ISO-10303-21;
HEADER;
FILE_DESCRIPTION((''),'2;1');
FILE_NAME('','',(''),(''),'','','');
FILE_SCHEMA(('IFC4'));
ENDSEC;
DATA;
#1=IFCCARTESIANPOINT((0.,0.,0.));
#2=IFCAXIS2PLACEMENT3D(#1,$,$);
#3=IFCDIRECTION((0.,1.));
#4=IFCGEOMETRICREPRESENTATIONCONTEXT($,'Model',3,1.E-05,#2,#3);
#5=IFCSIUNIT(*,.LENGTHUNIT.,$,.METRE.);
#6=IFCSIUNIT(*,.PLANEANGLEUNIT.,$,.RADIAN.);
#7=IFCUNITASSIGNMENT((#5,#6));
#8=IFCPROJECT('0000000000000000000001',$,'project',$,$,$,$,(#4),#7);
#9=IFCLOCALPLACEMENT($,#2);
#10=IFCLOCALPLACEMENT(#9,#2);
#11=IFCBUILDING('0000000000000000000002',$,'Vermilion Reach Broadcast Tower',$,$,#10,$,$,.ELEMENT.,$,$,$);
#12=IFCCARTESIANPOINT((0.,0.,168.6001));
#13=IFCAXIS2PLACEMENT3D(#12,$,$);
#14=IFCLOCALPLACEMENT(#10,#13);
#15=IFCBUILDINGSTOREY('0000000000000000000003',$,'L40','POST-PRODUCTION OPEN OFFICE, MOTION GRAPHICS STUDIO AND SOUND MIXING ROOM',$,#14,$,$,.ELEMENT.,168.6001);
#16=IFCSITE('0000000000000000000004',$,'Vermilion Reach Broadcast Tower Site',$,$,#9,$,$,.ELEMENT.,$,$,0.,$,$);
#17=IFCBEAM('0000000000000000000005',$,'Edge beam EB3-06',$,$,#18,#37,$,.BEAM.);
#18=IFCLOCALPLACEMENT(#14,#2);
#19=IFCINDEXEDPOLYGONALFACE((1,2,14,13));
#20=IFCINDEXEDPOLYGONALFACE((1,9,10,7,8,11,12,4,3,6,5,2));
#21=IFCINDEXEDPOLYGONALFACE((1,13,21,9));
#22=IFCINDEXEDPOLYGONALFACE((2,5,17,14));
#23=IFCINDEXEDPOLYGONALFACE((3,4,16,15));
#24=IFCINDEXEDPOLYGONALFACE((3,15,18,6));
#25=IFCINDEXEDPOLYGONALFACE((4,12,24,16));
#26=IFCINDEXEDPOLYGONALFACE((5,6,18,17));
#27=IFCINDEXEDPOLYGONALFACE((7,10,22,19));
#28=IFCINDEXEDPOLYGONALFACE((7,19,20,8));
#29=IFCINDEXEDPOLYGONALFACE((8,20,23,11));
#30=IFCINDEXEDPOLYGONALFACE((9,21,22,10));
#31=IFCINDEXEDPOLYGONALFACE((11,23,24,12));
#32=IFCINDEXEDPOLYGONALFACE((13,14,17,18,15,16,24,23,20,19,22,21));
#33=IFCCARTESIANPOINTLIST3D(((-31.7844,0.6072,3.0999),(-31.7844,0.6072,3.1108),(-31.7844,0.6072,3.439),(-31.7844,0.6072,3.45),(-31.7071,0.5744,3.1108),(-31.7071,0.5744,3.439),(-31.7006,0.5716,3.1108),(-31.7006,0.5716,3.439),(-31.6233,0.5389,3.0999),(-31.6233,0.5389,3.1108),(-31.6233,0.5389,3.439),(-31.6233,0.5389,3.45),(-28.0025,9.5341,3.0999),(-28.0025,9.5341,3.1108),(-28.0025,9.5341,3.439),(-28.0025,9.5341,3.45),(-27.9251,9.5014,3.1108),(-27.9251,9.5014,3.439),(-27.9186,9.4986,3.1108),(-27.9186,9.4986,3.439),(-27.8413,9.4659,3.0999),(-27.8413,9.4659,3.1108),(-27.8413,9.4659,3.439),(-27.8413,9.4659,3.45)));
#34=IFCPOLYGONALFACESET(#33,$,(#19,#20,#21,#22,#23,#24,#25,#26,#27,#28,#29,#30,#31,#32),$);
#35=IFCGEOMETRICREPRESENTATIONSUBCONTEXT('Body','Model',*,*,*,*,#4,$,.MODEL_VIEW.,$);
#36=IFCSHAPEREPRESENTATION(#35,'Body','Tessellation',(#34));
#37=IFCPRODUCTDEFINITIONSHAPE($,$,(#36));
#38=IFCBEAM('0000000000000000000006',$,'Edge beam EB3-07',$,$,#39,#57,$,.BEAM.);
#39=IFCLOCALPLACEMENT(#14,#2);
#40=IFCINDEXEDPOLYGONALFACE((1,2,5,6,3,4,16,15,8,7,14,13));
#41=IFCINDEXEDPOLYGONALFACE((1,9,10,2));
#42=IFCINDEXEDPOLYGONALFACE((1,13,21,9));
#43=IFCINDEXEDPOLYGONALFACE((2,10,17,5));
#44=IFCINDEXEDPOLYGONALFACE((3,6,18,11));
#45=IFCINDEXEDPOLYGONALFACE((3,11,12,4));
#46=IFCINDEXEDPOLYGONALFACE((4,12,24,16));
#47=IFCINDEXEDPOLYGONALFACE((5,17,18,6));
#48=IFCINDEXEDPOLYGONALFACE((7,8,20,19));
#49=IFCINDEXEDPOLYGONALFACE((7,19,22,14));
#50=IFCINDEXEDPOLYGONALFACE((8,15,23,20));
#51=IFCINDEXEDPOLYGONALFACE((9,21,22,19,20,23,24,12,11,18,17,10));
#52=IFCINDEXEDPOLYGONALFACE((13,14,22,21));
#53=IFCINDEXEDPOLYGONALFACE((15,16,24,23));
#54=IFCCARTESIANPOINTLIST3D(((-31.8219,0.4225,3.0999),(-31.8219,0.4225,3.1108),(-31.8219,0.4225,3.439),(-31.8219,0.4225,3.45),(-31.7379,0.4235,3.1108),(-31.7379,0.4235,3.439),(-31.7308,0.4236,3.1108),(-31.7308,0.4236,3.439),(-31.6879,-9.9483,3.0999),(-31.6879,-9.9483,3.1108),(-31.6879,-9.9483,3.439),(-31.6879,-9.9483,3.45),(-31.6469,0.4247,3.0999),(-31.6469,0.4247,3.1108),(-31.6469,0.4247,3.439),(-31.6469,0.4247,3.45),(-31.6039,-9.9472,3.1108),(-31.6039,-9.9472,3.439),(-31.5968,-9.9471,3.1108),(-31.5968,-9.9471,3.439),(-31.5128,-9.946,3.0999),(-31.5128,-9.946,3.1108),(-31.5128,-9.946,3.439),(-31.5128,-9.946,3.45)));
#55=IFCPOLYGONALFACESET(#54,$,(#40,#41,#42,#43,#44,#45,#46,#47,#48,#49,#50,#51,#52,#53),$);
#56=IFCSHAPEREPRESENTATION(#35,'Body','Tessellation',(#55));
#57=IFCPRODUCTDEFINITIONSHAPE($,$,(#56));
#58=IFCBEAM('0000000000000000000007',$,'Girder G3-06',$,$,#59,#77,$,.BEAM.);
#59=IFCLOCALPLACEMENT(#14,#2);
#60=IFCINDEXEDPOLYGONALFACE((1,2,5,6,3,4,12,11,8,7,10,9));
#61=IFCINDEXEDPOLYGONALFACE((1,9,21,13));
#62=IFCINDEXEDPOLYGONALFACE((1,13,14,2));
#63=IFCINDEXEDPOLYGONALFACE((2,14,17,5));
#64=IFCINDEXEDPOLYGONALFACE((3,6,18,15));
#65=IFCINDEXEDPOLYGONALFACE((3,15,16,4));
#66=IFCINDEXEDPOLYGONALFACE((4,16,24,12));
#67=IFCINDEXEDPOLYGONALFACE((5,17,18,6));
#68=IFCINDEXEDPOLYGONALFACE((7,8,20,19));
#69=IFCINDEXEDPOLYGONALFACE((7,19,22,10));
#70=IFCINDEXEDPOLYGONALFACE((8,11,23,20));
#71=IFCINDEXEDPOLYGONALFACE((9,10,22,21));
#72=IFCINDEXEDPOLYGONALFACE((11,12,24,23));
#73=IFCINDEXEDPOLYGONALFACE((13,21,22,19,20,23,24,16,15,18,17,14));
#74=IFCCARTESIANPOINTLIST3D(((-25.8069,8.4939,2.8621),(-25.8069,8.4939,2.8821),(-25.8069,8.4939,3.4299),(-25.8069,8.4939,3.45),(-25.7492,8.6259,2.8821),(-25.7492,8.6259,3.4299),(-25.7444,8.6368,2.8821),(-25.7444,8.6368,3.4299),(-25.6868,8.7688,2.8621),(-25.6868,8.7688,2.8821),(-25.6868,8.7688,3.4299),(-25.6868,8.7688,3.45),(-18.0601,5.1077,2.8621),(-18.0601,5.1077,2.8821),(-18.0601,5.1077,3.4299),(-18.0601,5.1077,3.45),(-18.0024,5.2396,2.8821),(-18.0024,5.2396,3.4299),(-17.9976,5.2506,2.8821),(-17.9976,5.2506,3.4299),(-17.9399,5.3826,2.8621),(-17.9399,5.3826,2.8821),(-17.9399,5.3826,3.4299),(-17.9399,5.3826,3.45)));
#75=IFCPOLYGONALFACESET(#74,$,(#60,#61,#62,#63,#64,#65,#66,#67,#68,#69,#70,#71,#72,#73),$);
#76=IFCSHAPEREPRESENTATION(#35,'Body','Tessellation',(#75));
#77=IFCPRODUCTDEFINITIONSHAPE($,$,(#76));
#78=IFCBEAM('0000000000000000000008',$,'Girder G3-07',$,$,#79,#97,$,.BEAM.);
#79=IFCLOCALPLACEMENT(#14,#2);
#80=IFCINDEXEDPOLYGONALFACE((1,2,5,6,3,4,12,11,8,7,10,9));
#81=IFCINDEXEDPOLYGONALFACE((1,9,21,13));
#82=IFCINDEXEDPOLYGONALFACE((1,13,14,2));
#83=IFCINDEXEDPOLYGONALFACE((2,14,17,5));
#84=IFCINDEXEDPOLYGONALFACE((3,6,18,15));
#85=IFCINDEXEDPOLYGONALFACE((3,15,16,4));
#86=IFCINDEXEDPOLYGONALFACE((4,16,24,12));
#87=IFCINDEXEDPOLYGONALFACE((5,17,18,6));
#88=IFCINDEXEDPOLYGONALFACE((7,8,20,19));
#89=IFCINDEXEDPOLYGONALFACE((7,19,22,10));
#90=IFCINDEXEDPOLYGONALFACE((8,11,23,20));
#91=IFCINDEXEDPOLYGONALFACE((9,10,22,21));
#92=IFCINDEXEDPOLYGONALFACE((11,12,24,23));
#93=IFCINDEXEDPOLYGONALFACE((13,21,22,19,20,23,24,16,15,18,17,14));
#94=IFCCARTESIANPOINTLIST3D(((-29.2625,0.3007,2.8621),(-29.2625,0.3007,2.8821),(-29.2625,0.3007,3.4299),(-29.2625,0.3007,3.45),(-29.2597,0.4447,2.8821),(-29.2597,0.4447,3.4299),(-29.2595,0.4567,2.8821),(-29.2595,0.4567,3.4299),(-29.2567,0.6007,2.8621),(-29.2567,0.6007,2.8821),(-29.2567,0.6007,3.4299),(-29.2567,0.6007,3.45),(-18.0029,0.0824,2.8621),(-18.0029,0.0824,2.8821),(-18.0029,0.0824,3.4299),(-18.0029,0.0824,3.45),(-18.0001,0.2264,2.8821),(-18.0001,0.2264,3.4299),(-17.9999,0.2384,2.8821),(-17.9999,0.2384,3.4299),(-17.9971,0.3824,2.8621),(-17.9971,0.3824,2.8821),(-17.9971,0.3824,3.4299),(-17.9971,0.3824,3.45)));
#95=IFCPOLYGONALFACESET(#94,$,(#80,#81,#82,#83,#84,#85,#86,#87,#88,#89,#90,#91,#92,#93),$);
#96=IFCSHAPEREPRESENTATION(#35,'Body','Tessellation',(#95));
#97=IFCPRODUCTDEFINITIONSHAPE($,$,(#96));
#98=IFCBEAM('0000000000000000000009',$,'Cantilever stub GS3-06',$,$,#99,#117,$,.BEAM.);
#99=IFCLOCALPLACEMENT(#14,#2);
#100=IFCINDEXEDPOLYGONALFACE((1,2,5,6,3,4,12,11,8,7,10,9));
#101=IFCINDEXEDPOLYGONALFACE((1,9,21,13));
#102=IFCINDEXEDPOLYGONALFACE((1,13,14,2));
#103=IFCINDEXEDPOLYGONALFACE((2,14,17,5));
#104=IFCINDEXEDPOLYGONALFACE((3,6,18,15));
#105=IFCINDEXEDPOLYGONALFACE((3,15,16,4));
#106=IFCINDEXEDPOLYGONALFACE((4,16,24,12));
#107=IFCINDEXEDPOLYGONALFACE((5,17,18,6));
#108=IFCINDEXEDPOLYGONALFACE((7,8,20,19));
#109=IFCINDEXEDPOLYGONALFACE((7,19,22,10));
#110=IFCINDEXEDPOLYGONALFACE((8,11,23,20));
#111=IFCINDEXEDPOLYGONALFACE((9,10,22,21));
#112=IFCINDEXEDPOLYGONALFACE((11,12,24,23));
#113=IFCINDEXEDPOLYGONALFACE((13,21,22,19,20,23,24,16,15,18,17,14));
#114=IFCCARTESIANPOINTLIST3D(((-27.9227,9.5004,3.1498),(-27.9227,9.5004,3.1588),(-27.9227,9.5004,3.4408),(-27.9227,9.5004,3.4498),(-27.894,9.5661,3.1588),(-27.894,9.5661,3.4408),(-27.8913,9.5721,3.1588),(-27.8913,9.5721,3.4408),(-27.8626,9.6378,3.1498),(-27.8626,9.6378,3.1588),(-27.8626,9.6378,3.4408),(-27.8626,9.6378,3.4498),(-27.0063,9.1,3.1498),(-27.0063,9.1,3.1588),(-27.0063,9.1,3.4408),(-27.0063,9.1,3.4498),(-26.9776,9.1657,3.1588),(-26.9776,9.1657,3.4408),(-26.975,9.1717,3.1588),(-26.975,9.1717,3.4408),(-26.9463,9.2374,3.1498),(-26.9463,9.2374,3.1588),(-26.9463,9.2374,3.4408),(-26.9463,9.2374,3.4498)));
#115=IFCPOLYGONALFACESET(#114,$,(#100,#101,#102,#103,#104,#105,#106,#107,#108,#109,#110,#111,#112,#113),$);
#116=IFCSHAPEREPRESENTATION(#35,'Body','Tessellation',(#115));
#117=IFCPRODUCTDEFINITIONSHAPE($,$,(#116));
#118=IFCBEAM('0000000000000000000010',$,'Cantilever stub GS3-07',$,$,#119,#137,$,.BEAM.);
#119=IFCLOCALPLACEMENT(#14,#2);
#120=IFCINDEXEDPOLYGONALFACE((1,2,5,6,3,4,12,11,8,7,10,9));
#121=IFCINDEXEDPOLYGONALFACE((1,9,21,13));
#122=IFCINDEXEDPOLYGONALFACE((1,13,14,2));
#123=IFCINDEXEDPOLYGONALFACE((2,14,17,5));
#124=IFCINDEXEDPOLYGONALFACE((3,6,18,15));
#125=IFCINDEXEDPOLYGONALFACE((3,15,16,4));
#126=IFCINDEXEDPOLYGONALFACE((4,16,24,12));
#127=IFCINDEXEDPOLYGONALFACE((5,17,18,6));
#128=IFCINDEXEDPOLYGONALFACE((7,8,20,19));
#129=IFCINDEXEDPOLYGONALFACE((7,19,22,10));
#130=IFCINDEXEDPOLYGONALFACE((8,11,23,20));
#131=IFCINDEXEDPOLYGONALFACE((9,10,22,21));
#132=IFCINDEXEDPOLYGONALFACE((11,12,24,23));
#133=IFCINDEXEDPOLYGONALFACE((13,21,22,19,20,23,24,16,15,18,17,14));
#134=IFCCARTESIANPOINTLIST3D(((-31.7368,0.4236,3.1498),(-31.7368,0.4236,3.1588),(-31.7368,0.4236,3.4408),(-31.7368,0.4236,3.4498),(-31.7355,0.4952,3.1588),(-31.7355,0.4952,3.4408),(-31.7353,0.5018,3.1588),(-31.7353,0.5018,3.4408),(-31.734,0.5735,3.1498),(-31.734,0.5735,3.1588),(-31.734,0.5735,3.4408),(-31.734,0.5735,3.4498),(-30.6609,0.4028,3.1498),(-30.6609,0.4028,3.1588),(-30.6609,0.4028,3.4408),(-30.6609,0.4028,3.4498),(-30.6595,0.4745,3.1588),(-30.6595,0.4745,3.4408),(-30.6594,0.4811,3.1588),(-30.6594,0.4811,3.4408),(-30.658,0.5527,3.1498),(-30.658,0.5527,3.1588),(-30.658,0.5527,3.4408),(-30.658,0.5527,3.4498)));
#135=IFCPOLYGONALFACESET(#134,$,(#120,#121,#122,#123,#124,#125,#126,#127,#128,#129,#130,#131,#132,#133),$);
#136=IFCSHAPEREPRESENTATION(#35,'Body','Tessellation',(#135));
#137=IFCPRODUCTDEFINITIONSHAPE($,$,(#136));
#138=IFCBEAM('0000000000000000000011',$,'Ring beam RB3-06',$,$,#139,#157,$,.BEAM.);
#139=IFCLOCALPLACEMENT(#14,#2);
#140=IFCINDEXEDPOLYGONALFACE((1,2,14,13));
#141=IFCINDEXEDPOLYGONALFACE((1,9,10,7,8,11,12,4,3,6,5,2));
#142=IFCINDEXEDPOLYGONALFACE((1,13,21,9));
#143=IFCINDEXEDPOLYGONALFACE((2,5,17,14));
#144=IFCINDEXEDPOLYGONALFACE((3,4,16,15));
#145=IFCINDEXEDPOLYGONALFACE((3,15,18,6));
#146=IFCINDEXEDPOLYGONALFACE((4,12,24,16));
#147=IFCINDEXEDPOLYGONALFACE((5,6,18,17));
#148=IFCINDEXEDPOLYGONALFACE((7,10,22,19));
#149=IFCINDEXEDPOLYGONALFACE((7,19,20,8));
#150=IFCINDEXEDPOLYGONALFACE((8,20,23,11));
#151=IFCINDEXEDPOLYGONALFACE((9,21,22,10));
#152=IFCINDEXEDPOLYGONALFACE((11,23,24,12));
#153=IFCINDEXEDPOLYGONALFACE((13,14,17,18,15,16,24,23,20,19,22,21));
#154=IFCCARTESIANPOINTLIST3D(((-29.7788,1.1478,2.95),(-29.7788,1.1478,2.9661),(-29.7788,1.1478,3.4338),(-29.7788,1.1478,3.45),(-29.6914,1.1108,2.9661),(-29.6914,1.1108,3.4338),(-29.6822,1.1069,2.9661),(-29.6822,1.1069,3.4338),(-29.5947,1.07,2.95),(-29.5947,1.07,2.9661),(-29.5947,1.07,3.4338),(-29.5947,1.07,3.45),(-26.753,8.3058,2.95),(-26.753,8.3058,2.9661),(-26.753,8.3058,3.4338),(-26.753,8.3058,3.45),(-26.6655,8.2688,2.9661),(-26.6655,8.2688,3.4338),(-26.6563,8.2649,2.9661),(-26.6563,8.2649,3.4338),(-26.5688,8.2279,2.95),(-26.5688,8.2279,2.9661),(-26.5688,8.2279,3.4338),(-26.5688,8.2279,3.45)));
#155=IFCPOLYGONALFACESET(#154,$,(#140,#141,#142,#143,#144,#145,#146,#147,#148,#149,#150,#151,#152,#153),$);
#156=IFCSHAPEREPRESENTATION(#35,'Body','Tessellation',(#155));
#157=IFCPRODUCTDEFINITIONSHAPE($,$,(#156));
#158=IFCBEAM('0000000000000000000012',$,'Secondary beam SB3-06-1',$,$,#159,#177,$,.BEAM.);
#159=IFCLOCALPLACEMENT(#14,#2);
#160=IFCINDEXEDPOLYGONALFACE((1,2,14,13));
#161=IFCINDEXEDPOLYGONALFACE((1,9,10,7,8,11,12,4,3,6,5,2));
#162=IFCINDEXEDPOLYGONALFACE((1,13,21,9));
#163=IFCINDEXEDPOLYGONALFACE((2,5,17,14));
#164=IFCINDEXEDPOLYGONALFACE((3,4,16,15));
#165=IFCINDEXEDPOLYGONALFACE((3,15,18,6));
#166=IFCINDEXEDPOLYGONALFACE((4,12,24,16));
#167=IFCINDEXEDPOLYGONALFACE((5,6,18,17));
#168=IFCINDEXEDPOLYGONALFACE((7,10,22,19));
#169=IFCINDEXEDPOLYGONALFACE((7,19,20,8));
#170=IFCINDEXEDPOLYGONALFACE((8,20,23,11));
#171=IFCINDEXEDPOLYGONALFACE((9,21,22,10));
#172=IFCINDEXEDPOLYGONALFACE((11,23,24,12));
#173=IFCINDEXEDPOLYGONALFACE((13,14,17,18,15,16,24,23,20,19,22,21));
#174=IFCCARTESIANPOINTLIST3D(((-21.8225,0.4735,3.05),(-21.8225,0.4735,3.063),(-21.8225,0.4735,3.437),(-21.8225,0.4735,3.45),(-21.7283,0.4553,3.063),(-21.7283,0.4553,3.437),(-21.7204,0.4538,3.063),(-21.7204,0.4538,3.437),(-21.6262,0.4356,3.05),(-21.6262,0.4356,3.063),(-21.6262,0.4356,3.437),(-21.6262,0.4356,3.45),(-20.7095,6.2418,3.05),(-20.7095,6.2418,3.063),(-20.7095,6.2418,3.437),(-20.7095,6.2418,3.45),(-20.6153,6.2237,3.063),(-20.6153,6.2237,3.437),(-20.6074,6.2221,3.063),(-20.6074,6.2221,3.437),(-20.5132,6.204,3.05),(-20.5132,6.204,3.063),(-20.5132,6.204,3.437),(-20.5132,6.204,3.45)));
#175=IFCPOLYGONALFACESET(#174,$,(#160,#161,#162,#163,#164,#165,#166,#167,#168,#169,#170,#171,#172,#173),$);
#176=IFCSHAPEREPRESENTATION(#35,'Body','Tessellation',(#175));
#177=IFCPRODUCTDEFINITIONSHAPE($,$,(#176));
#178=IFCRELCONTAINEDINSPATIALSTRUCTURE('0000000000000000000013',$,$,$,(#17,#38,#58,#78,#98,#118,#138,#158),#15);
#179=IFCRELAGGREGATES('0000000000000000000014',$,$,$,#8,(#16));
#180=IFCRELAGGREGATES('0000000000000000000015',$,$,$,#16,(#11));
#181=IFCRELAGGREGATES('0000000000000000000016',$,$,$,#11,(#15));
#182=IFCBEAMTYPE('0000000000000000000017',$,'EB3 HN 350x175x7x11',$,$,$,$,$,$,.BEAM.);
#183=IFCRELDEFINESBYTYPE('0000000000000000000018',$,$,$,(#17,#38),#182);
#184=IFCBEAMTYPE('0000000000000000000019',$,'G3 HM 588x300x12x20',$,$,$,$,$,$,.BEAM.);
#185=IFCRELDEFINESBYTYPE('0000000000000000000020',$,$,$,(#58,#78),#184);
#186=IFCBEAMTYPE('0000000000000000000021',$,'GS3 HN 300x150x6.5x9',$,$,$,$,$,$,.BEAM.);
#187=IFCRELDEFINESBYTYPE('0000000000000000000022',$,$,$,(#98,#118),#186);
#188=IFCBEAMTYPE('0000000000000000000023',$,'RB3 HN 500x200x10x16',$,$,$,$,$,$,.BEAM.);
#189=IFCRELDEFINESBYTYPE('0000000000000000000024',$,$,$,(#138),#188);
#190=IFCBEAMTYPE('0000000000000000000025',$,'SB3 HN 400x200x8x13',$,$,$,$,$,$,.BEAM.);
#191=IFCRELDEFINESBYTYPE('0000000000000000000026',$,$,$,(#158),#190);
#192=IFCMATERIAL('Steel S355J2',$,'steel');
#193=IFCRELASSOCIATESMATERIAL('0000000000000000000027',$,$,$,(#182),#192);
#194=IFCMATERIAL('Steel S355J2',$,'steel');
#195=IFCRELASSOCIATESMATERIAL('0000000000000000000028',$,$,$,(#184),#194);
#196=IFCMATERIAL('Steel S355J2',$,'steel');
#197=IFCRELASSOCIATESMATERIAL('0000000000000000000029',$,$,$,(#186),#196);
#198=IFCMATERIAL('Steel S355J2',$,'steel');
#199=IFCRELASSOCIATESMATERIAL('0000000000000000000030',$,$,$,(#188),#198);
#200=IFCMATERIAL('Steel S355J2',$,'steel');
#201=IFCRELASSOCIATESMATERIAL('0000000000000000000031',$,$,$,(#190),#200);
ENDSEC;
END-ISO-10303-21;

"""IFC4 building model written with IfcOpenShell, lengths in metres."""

from ifc_helpers import new_model, si_unit, direction, frame, origin, origin_2d, place, context, subcontext, project, spatial, i_section, extrude, material, material_profile, profile_set, type_object, element, save


model = new_model("IFC4")

# Units and contexts
model_context = context("Model", 3, precision=1e-05, world=origin(), true_north=direction((0.0, 1.0)))
body_context = subcontext(model_context, "Body", "Model", "MODEL_VIEW")
ifc_project = project(units=[si_unit("LENGTHUNIT", "METRE"), si_unit("PLANEANGLEUNIT", "RADIAN")], contexts=[model_context])

# Site, building, storey
site_placement = place(None, origin())
site = spatial("IfcSite", under=ifc_project, at=site_placement, Name="Vermilion Reach Broadcast Tower Site", CompositionType="ELEMENT", RefElevation=0.0)
building_placement = place(site_placement, origin())
building = spatial("IfcBuilding", under=site, at=building_placement, Name="Vermilion Reach Broadcast Tower", CompositionType="ELEMENT")
storey_placement = place(building_placement, frame((0.0, 0.0, 168.6001)))
storey = spatial("IfcBuildingStorey", under=building, at=storey_placement, Name="L40", Description="POST-PRODUCTION OPEN OFFICE, MOTION GRAPHICS STUDIO AND SOUND MIXING ROOM", CompositionType="ELEMENT", Elevation=168.6001)

# Beams
ifc_material_1 = material(Name="Steel S355J2", Category="steel")
ifc_material_profile_1 = material_profile(ifc_material_1, i_section(OverallWidth=0.175, OverallDepth=0.3501, WebThickness=0.0071, FlangeThickness=0.011, at=origin_2d()), Name="S355J2 HN 350x175x7x11")
ifc_profile_set_1 = profile_set([ifc_material_profile_1], Name="Steel S355J2")
beam_type_1 = type_object("IfcBeamType", Name="EB3 HN 350x175x7x11", PredefinedType="BEAM", material=ifc_profile_set_1)
beam_1_placement = place(storey_placement, frame((-27.9219, 9.5, 3.2749), z_axis=(-0.390093, -0.920776, 0.0), x_axis=(0.920776, -0.390093, 0.0)))
element("IfcBeam", 1, at=beam_1_placement, inside=storey, type_object=beam_type_1, Name="Edge beam EB3-06", PredefinedType="BEAM", context=body_context, shape_type="SweptSolid", body=[
    extrude(i_section(OverallWidth=0.175, OverallDepth=0.3501, WebThickness=0.0071, FlangeThickness=0.011, at=origin_2d()), origin(), (0.0, 0.0, 1.0), 9.6951),
])
beam_2_placement = place(storey_placement, frame((-31.7344, 0.4236, 3.2749), z_axis=(0.012923, -0.999916, 0.0), x_axis=(0.999916, 0.012923, 0.0)))
element("IfcBeam", 2, at=beam_2_placement, inside=storey, type_object=beam_type_1, Name="Edge beam EB3-07", PredefinedType="BEAM", context=body_context, shape_type="SweptSolid", body=[
    extrude(i_section(OverallWidth=0.175, OverallDepth=0.3501, WebThickness=0.0071, FlangeThickness=0.011, at=origin_2d()), origin(), (0.0, 0.0, 1.0), 10.3716),
])
ifc_material_2 = material(Name="Steel S355J2", Category="steel")
ifc_material_profile_2 = material_profile(ifc_material_2, i_section(OverallWidth=0.3, OverallDepth=0.5879, WebThickness=0.012, FlangeThickness=0.02, at=origin_2d()), Name="S355J2 HM 588x300x12x20")
ifc_profile_set_2 = profile_set([ifc_material_profile_2], Name="Steel S355J2")
beam_type_2 = type_object("IfcBeamType", Name="G3 HM 588x300x12x20", PredefinedType="BEAM", material=ifc_profile_set_2)
beam_3_placement = place(storey_placement, frame((-18.0, 5.2451, 3.156), z_axis=(-0.916288, 0.40052, 0.0), x_axis=(-0.40052, -0.916288, 0.0)))
element("IfcBeam", 3, at=beam_3_placement, inside=storey, type_object=beam_type_2, Name="Girder G3-06", PredefinedType="BEAM", context=body_context, shape_type="SweptSolid", body=[
    extrude(i_section(OverallWidth=0.3, OverallDepth=0.5879, WebThickness=0.012, FlangeThickness=0.02, at=origin_2d()), origin(), (0.0, 0.0, 1.0), 8.4546),
])
beam_4_placement = place(storey_placement, frame((-18.0, 0.2324, 3.156), z_axis=(-0.999812, 0.019381, 0.0), x_axis=(-0.019381, -0.999812, 0.0)))
element("IfcBeam", 4, at=beam_4_placement, inside=storey, type_object=beam_type_2, Name="Girder G3-07", PredefinedType="BEAM", context=body_context, shape_type="SweptSolid", body=[
    extrude(i_section(OverallWidth=0.3, OverallDepth=0.5879, WebThickness=0.012, FlangeThickness=0.02, at=origin_2d()), origin(), (0.0, 0.0, 1.0), 11.2617),
])
ifc_material_3 = material(Name="Steel S355J2", Category="steel")
ifc_material_profile_3 = material_profile(ifc_material_3, i_section(OverallWidth=0.1499, OverallDepth=0.3, WebThickness=0.0066, FlangeThickness=0.009, at=origin_2d()), Name="S355J2 HN 300x150x6.5x9")
ifc_profile_set_3 = profile_set([ifc_material_profile_3], Name="Steel S355J2")
beam_type_3 = type_object("IfcBeamType", Name="GS3 HN 300x150x6.5x9", PredefinedType="BEAM", material=ifc_profile_set_3)
beam_5_placement = place(storey_placement, frame((-26.9763, 9.1687, 3.2998), z_axis=(-0.916331, 0.400422, 0.0), x_axis=(-0.400422, -0.916331, 0.0)))
element("IfcBeam", 5, at=beam_5_placement, inside=storey, type_object=beam_type_3, Name="Cantilever stub GS3-06", PredefinedType="BEAM", context=body_context, shape_type="SweptSolid", body=[
    extrude(i_section(OverallWidth=0.1499, OverallDepth=0.3, WebThickness=0.0066, FlangeThickness=0.009, at=origin_2d()), origin(), (0.0, 0.0, 1.0), 1.0),
])
beam_6_placement = place(storey_placement, frame((-30.6594, 0.4778, 3.2998), z_axis=(-0.999814, 0.019284, 0.0), x_axis=(-0.019284, -0.999814, 0.0)))
element("IfcBeam", 6, at=beam_6_placement, inside=storey, type_object=beam_type_3, Name="Cantilever stub GS3-07", PredefinedType="BEAM", context=body_context, shape_type="SweptSolid", body=[
    extrude(i_section(OverallWidth=0.1499, OverallDepth=0.3, WebThickness=0.0066, FlangeThickness=0.009, at=origin_2d()), origin(), (0.0, 0.0, 1.0), 1.0762),
])
ifc_material_4 = material(Name="Steel S355J2", Category="steel")
ifc_material_profile_4 = material_profile(ifc_material_4, i_section(OverallWidth=0.2, OverallDepth=0.5, WebThickness=0.01, FlangeThickness=0.0161, at=origin_2d()), Name="S355J2 HN 500x200x10x16")
ifc_profile_set_4 = profile_set([ifc_material_profile_4], Name="Steel S355J2")
beam_type_4 = type_object("IfcBeamType", Name="RB3 HN 500x200x10x16", PredefinedType="BEAM", material=ifc_profile_set_4)
beam_7_placement = place(storey_placement, frame((-26.6609, 8.2668, 3.2), z_axis=(-0.389368, -0.921082, 0.0), x_axis=(0.921082, -0.389368, 0.0)))
element("IfcBeam", 7, at=beam_7_placement, inside=storey, type_object=beam_type_4, Name="Ring beam RB3-06", PredefinedType="BEAM", context=body_context, shape_type="SweptSolid", body=[
    extrude(i_section(OverallWidth=0.2, OverallDepth=0.5, WebThickness=0.01, FlangeThickness=0.0161, at=origin_2d()), origin(), (0.0, 0.0, 1.0), 7.7712),
])
ifc_material_5 = material(Name="Steel S355J2", Category="steel")
ifc_material_profile_5 = material_profile(ifc_material_5, i_section(OverallWidth=0.2, OverallDepth=0.3999, WebThickness=0.0081, FlangeThickness=0.0129, at=origin_2d()), Name="S355J2 HN 400x200x8x13")
ifc_profile_set_5 = profile_set([ifc_material_profile_5], Name="Steel S355J2")
beam_type_5 = type_object("IfcBeamType", Name="SB3 HN 400x200x8x13", PredefinedType="BEAM", material=ifc_profile_set_5)
beam_8_placement = place(storey_placement, frame((-20.6113, 6.2229, 3.25), z_axis=(-0.189462, -0.981888, 0.0), x_axis=(0.981888, -0.189462, 0.0)))
element("IfcBeam", 8, at=beam_8_placement, inside=storey, type_object=beam_type_5, Name="Secondary beam SB3-06-1", PredefinedType="BEAM", context=body_context, shape_type="SweptSolid", body=[
    extrude(i_section(OverallWidth=0.2, OverallDepth=0.3999, WebThickness=0.0081, FlangeThickness=0.0129, at=origin_2d()), origin(), (0.0, 0.0, 1.0), 5.8748),
])

save(model, "model.ifc")
